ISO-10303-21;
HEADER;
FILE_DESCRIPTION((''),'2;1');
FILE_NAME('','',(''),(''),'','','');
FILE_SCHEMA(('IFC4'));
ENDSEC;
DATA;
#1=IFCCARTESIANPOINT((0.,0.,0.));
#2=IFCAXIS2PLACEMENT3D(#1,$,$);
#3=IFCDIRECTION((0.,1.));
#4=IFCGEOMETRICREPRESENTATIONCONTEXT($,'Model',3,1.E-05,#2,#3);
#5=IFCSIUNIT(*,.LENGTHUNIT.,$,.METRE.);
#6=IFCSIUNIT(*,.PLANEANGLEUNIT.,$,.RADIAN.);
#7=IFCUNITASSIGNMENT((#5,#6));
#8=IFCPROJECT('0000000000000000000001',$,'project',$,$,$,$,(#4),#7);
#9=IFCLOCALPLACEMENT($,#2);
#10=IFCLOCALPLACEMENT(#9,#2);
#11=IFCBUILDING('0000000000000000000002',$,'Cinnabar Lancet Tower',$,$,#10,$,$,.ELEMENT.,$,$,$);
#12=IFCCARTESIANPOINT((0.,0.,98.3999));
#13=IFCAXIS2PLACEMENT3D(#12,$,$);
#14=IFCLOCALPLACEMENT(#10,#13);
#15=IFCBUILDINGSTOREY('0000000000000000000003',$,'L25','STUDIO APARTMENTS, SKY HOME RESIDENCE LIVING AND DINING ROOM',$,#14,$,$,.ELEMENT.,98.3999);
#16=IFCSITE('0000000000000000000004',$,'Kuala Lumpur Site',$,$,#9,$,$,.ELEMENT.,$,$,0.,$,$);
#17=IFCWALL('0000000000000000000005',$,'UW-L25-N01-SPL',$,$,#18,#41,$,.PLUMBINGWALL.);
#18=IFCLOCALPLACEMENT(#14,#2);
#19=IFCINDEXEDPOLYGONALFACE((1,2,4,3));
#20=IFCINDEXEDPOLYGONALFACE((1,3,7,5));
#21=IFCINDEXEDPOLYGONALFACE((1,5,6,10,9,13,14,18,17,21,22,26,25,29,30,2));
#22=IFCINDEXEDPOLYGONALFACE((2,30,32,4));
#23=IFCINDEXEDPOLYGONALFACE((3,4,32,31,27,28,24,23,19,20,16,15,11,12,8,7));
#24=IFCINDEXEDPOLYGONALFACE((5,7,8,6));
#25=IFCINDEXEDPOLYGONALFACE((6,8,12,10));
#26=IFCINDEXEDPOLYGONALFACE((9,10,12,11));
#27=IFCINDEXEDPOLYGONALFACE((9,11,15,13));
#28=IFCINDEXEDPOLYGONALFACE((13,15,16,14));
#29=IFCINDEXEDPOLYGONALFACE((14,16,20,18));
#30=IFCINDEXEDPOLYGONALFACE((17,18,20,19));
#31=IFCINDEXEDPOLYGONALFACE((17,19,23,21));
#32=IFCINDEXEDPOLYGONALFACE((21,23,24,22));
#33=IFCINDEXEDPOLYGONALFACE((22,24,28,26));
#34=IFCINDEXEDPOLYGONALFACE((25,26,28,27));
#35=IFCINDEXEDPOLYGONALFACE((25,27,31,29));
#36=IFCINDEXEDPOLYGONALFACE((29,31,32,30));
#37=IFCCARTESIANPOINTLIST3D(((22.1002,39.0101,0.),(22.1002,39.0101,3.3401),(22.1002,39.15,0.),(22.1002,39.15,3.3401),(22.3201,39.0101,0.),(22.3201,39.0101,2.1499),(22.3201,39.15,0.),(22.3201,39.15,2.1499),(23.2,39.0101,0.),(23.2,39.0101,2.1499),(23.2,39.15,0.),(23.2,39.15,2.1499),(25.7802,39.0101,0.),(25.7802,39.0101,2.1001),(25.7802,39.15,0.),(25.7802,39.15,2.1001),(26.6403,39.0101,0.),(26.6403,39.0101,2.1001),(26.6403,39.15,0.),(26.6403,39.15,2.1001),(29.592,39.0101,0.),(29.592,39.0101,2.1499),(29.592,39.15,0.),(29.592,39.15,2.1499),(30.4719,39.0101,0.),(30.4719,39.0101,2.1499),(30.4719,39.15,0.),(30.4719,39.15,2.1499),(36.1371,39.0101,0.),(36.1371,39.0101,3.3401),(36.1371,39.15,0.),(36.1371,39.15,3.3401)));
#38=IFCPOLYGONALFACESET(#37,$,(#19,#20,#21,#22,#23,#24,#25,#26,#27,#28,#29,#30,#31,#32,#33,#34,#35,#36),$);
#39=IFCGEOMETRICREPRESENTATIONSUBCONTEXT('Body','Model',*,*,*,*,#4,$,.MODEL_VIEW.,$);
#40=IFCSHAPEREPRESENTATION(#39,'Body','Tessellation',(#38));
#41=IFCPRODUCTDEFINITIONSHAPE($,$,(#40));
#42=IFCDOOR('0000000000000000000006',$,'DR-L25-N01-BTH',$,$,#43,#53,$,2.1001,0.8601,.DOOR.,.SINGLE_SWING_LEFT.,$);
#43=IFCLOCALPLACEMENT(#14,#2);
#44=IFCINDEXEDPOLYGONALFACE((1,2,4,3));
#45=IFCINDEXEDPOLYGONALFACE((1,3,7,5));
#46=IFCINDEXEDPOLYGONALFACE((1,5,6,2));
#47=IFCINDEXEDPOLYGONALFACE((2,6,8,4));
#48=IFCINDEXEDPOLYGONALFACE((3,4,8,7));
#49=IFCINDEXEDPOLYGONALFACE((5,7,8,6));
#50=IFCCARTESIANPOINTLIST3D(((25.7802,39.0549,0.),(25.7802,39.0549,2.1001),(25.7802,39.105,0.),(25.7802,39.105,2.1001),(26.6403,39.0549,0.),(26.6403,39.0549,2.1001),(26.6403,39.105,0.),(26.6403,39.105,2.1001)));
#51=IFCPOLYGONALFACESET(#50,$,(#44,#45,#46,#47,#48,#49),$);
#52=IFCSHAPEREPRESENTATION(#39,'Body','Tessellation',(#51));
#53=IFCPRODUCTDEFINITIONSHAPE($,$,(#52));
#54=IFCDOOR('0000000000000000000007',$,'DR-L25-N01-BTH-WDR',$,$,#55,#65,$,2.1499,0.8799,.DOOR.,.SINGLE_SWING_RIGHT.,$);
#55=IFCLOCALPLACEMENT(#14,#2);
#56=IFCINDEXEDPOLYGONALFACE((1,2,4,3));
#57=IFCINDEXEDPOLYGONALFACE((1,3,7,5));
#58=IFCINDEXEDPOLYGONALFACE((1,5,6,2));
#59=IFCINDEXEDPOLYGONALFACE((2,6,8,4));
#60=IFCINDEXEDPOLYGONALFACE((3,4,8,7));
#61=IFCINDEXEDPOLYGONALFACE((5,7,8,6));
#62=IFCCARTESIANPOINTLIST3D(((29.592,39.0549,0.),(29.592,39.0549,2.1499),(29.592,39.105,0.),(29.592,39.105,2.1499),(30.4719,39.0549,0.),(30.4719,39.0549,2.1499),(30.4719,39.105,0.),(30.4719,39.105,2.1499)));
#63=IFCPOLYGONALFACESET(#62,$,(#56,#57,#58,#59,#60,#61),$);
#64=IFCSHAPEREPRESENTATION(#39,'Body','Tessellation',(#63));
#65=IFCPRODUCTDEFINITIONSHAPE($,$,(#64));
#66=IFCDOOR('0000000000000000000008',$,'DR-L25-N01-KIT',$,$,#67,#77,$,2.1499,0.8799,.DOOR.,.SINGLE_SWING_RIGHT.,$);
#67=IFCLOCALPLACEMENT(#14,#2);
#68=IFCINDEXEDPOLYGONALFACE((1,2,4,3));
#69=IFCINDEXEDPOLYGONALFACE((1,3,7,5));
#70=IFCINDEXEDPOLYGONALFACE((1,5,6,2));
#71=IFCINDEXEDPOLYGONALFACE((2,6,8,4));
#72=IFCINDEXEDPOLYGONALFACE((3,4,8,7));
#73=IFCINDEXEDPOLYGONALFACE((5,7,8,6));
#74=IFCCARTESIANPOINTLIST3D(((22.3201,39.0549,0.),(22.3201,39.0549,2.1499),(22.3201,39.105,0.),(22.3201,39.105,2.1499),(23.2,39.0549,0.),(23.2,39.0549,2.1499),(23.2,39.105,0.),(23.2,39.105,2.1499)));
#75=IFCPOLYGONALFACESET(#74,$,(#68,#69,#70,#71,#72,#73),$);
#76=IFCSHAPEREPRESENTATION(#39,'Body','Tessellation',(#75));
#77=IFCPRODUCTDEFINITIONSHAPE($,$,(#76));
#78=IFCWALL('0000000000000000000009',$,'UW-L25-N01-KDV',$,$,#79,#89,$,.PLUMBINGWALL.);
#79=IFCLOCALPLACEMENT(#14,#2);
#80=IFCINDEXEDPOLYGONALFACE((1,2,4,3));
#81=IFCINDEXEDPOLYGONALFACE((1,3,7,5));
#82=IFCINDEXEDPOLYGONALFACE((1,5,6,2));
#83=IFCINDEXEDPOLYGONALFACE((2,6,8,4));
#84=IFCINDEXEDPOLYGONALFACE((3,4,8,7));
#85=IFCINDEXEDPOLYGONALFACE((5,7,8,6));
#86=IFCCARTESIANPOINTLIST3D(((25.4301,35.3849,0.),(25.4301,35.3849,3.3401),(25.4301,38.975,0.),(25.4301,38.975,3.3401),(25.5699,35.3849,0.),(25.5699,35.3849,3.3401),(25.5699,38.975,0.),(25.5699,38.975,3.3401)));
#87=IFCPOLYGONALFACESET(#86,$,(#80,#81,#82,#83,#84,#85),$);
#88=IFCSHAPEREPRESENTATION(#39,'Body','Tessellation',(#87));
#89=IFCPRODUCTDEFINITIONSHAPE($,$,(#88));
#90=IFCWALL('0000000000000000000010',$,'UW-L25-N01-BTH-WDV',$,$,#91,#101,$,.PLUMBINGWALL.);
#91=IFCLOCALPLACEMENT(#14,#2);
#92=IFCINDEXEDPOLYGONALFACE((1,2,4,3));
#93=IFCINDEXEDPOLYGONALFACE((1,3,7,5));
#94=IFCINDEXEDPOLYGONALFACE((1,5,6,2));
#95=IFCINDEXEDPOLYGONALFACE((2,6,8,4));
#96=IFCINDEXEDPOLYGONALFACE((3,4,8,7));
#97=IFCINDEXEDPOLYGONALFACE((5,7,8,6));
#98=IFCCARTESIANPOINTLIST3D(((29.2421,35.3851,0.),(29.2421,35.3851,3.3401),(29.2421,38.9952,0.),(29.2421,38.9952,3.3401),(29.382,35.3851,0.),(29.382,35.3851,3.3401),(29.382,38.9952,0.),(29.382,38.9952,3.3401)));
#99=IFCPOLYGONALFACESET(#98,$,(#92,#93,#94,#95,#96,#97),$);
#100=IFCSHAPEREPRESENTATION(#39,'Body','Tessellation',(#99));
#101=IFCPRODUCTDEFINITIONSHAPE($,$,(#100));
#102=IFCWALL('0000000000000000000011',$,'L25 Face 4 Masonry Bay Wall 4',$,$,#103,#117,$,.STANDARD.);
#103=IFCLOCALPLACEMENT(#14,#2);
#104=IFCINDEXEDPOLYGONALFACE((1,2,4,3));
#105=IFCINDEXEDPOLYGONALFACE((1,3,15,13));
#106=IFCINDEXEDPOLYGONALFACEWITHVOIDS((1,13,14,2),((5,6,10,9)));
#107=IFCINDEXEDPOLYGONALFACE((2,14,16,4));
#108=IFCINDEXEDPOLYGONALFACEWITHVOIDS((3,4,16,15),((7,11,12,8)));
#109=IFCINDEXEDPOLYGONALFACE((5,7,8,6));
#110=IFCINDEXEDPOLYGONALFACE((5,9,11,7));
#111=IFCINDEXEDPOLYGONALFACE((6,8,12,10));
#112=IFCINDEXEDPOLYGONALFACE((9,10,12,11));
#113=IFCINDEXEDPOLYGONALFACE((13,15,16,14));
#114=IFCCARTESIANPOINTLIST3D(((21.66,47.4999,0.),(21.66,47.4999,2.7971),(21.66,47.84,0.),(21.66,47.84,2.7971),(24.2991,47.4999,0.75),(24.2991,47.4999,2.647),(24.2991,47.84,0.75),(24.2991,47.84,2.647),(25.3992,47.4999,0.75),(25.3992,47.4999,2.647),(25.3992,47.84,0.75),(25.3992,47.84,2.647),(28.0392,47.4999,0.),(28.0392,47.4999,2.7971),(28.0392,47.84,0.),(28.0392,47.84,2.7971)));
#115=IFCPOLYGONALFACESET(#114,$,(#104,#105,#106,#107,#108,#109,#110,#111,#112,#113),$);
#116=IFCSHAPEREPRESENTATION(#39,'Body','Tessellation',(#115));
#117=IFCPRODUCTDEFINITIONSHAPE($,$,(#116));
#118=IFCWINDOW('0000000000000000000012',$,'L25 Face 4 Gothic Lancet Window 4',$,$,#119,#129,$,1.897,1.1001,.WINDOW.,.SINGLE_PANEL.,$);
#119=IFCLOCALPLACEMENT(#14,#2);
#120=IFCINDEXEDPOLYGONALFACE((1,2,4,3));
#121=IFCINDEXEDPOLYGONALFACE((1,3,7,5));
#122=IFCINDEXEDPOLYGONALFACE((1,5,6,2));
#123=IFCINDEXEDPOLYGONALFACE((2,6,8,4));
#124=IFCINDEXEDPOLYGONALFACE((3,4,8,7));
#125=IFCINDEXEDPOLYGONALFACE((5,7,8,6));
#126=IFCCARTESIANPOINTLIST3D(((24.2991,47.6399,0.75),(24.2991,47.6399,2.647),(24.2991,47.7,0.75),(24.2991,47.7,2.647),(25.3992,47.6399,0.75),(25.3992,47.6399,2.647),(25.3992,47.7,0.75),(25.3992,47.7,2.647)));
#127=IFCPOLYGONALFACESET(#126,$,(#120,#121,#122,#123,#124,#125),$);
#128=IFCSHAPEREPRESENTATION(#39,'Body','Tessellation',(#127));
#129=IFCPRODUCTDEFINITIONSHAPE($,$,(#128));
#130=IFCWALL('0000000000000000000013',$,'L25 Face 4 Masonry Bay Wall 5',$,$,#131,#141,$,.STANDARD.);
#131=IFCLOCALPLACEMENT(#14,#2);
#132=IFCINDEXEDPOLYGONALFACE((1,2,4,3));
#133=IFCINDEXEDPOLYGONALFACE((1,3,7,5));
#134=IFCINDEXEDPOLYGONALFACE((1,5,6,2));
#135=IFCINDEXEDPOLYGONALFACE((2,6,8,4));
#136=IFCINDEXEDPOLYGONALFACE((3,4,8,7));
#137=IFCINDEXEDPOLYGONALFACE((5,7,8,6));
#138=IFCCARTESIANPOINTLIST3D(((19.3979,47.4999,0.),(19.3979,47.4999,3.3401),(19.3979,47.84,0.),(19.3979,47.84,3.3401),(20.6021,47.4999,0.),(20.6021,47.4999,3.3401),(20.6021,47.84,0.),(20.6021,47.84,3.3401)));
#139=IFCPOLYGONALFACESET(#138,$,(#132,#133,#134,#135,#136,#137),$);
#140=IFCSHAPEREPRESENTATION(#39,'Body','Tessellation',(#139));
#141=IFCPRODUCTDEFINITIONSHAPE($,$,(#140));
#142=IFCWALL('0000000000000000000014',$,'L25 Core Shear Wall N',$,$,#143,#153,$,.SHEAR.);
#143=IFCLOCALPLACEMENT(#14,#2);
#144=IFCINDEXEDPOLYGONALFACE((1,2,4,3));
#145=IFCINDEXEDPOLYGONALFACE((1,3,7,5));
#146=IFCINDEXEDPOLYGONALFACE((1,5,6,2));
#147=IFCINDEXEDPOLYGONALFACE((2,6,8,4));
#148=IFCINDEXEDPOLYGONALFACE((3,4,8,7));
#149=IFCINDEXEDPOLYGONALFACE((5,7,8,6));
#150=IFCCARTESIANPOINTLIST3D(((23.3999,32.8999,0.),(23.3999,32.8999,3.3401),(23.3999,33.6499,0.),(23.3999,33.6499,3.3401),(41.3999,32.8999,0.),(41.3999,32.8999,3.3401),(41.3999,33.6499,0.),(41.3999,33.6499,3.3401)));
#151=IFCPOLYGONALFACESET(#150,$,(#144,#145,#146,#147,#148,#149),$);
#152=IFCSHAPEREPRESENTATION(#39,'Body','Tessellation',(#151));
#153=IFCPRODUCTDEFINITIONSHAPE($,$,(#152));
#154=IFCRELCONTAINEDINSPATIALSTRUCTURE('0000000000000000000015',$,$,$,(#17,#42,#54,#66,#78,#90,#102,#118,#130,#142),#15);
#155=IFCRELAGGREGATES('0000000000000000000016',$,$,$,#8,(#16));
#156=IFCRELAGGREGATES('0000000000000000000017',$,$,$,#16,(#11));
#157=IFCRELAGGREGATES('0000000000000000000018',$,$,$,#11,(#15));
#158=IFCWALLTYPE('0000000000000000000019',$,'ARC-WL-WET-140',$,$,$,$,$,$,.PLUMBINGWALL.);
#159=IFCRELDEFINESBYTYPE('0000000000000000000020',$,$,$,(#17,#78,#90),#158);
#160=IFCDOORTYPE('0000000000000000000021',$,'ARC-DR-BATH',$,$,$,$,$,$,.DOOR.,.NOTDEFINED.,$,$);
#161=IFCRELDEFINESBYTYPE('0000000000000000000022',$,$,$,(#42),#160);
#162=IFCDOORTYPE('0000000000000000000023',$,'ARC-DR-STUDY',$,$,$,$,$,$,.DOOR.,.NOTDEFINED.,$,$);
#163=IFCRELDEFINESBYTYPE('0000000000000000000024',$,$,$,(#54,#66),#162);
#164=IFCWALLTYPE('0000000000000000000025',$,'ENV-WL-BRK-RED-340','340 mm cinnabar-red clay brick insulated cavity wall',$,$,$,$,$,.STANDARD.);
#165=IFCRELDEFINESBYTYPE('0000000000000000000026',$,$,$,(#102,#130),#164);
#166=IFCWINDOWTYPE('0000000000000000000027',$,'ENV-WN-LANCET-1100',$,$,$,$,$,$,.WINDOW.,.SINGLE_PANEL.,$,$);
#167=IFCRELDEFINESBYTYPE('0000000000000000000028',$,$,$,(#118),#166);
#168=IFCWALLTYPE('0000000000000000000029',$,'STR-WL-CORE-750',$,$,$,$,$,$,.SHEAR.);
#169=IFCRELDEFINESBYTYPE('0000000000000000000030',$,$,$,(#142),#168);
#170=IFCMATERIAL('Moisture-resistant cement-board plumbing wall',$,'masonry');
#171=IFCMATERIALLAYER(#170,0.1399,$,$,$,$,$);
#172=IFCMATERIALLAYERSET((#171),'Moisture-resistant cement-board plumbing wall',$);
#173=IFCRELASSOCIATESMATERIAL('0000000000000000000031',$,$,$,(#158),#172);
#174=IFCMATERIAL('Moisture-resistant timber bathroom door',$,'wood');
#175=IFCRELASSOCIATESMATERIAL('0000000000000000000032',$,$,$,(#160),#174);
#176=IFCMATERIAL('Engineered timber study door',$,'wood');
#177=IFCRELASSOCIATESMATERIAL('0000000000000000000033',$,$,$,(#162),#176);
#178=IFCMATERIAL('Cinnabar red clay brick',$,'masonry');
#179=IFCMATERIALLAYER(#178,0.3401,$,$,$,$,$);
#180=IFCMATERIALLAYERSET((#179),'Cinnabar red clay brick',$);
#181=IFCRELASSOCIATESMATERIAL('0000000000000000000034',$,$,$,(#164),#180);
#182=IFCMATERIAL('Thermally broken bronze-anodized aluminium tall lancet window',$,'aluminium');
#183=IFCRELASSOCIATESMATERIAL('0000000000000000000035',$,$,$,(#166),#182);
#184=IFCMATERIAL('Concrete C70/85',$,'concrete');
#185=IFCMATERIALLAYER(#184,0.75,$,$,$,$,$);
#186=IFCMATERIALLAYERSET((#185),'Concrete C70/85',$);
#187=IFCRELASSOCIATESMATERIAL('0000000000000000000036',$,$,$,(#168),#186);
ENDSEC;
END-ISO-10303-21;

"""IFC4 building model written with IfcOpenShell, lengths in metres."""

from ifc_helpers import new_model, si_unit, direction, frame, frame_2d, origin, place, context, subcontext, project, spatial, rectangle, extrude, material, layer, layer_set, type_object, element, fill, save


model = new_model("IFC4")

# Units and contexts
model_context = context("Model", 3, precision=1e-05, world=origin(), true_north=direction((0.0, 1.0)))
body_context = subcontext(model_context, "Body", "Model", "MODEL_VIEW")
ifc_project = project(units=[si_unit("LENGTHUNIT", "METRE"), si_unit("PLANEANGLEUNIT", "RADIAN")], contexts=[model_context])

# Site, building, storey
site_placement = place(None, origin())
site = spatial("IfcSite", under=ifc_project, at=site_placement, Name="Kuala Lumpur Site", CompositionType="ELEMENT", RefElevation=0.0)
building_placement = place(site_placement, origin())
building = spatial("IfcBuilding", under=site, at=building_placement, Name="Cinnabar Lancet Tower", CompositionType="ELEMENT")
storey_placement = place(building_placement, frame((0.0, 0.0, 98.3999)))
storey = spatial("IfcBuildingStorey", under=building, at=storey_placement, Name="L25", Description="STUDIO APARTMENTS, SKY HOME RESIDENCE LIVING AND DINING ROOM", CompositionType="ELEMENT", Elevation=98.3999)

# Wall, openings, doors
ifc_material_1 = material(Name="Moisture-resistant cement-board plumbing wall", Category="masonry")
ifc_layer_1 = layer(ifc_material_1, 0.1399)
ifc_layer_set_1 = layer_set([ifc_layer_1], Name="Moisture-resistant cement-board plumbing wall")
wall_type_1 = type_object("IfcWallType", Name="ARC-WL-WET-140", PredefinedType="PLUMBINGWALL", material=ifc_layer_set_1)
wall_1_placement = place(storey_placement, frame((22.1001, 39.0801, 0.0), z_axis=(0.0, 0.0, 1.0), x_axis=(1.0, 0.0, 0.0)))
wall_1 = element("IfcWall", 1, at=wall_1_placement, inside=storey, type_object=wall_type_1, Name="UW-L25-N01-SPL", PredefinedType="PLUMBINGWALL", context=body_context, shape_type="SweptSolid", body=[
    extrude(rectangle(XDim=14.0369, YDim=0.1399, at=frame_2d((7.0186, 0.0))), origin(), (0.0, 0.0, 1.0), 3.3401),
])
opening_1_placement = place(wall_1_placement, frame((3.6799, 0.0, 0.0)))
opening_1 = element("IfcOpeningElement", 2, at=opening_1_placement, cuts=wall_1, PredefinedType="OPENING", context=body_context, shape_type="SweptSolid", body=[
    extrude(rectangle(XDim=0.8601, YDim=2.1001, at=frame_2d((0.4302, 1.05))), frame((0.0, 0.0798, 0.0), z_axis=(0.0, -1.0, 0.0), x_axis=(1.0, 0.0, 0.0)), (0.0, 0.0, 1.0), 0.1599),
])
opening_2_placement = place(wall_1_placement, frame((7.4919, 0.0, 0.0)))
opening_2 = element("IfcOpeningElement", 3, at=opening_2_placement, cuts=wall_1, PredefinedType="OPENING", context=body_context, shape_type="SweptSolid", body=[
    extrude(rectangle(XDim=0.8799, YDim=2.1499, at=frame_2d((0.4399, 1.075))), frame((0.0, 0.0798, 0.0), z_axis=(0.0, -1.0, 0.0), x_axis=(1.0, 0.0, 0.0)), (0.0, 0.0, 1.0), 0.1599),
])
opening_3_placement = place(wall_1_placement, frame((0.22, 0.0, 0.0)))
opening_3 = element("IfcOpeningElement", 4, at=opening_3_placement, cuts=wall_1, PredefinedType="OPENING", context=body_context, shape_type="SweptSolid", body=[
    extrude(rectangle(XDim=0.8799, YDim=2.1499, at=frame_2d((0.4399, 1.075))), frame((0.0, 0.0798, 0.0), z_axis=(0.0, -1.0, 0.0), x_axis=(1.0, 0.0, 0.0)), (0.0, 0.0, 1.0), 0.1599),
])
ifc_material_2 = material(Name="Moisture-resistant timber bathroom door", Category="wood")
door_type_1 = type_object("IfcDoorType", Name="ARC-DR-BATH", OperationType="NOTDEFINED", PredefinedType="DOOR", material=ifc_material_2)
door_1_placement = place(opening_1_placement, origin())
door_1 = element("IfcDoor", 5, at=door_1_placement, inside=storey, type_object=door_type_1, Name="DR-L25-N01-BTH", OperationType="SINGLE_SWING_LEFT", OverallHeight=2.1001, OverallWidth=0.8601, PredefinedType="DOOR", context=body_context, shape_type="SweptSolid", body=[
    extrude(rectangle(XDim=0.8601, YDim=2.1001, at=frame_2d((0.4302, 1.05))), frame((0.0, 0.0249, 0.0), z_axis=(0.0, -1.0, 0.0), x_axis=(1.0, 0.0, 0.0)), (0.0, 0.0, 1.0), 0.05),
])
fill(opening_1, door_1)
ifc_material_3 = material(Name="Engineered timber study door", Category="wood")
door_type_2 = type_object("IfcDoorType", Name="ARC-DR-STUDY", OperationType="NOTDEFINED", PredefinedType="DOOR", material=ifc_material_3)
door_2_placement = place(opening_2_placement, origin())
door_2 = element("IfcDoor", 6, at=door_2_placement, inside=storey, type_object=door_type_2, Name="DR-L25-N01-BTH-WDR", OperationType="SINGLE_SWING_RIGHT", OverallHeight=2.1499, OverallWidth=0.8799, PredefinedType="DOOR", context=body_context, shape_type="SweptSolid", body=[
    extrude(rectangle(XDim=0.8799, YDim=2.1499, at=frame_2d((0.4399, 1.075))), frame((0.0, 0.0249, 0.0), z_axis=(0.0, -1.0, 0.0), x_axis=(1.0, 0.0, 0.0)), (0.0, 0.0, 1.0), 0.05),
])
fill(opening_2, door_2)
door_3_placement = place(opening_3_placement, origin())
door_3 = element("IfcDoor", 7, at=door_3_placement, inside=storey, type_object=door_type_2, Name="DR-L25-N01-KIT", OperationType="SINGLE_SWING_RIGHT", OverallHeight=2.1499, OverallWidth=0.8799, PredefinedType="DOOR", context=body_context, shape_type="SweptSolid", body=[
    extrude(rectangle(XDim=0.8799, YDim=2.1499, at=frame_2d((0.4399, 1.075))), frame((0.0, 0.0249, 0.0), z_axis=(0.0, -1.0, 0.0), x_axis=(1.0, 0.0, 0.0)), (0.0, 0.0, 1.0), 0.05),
])
fill(opening_3, door_3)

# Walls
wall_2_placement = place(storey_placement, frame((25.5, 35.385, 0.0), z_axis=(0.0, 0.0, 1.0), x_axis=(0.0, 1.0, 0.0)))
element("IfcWall", 8, at=wall_2_placement, inside=storey, type_object=wall_type_1, Name="UW-L25-N01-KDV", PredefinedType="PLUMBINGWALL", context=body_context, shape_type="SweptSolid", body=[
    extrude(rectangle(XDim=3.5901, YDim=0.1399, at=frame_2d((1.7949, 0.0))), origin(), (0.0, 0.0, 1.0), 3.3401),
])
wall_3_placement = place(storey_placement, frame((29.312, 35.385, 0.0), z_axis=(0.0, 0.0, 1.0), x_axis=(0.0, 1.0, 0.0)))
element("IfcWall", 9, at=wall_3_placement, inside=storey, type_object=wall_type_1, Name="UW-L25-N01-BTH-WDV", PredefinedType="PLUMBINGWALL", context=body_context, shape_type="SweptSolid", body=[
    extrude(rectangle(XDim=3.6101, YDim=0.1399, at=frame_2d((1.8052, 0.0))), origin(), (0.0, 0.0, 1.0), 3.3401),
])

# Wall, opening, window
ifc_material_4 = material(Name="Cinnabar red clay brick", Category="masonry")
ifc_layer_2 = layer(ifc_material_4, 0.3401)
ifc_layer_set_2 = layer_set([ifc_layer_2], Name="Cinnabar red clay brick")
wall_type_2 = type_object("IfcWallType", Name="ENV-WL-BRK-RED-340", Description="340 mm cinnabar-red clay brick insulated cavity wall", PredefinedType="STANDARD", material=ifc_layer_set_2)
wall_4_placement = place(storey_placement, frame((28.0391, 47.6699, 0.0), z_axis=(0.0, 0.0, 1.0), x_axis=(-1.0, 0.0, 0.0)))
wall_4 = element("IfcWall", 10, at=wall_4_placement, inside=storey, type_object=wall_type_2, Name="L25 Face 4 Masonry Bay Wall 4", PredefinedType="STANDARD", context=body_context, shape_type="SweptSolid", body=[
    extrude(rectangle(XDim=6.3792, YDim=0.3401, at=frame_2d((3.1895, 0.0))), origin(), (0.0, 0.0, 1.0), 2.7971),
])
opening_4_placement = place(wall_4_placement, frame((2.6399, 0.0, 0.75)))
opening_4 = element("IfcOpeningElement", 11, at=opening_4_placement, cuts=wall_4, PredefinedType="OPENING", context=body_context, shape_type="SweptSolid", body=[
    extrude(rectangle(XDim=1.1001, YDim=1.897, at=frame_2d((0.55, 0.9485))), frame((0.0, 0.1799, 0.0), z_axis=(0.0, -1.0, 0.0), x_axis=(1.0, 0.0, 0.0)), (0.0, 0.0, 1.0), 0.3601),
])
ifc_material_5 = material(Name="Thermally broken bronze-anodized aluminium tall lancet window", Category="aluminium")
window_type = type_object("IfcWindowType", Name="ENV-WN-LANCET-1100", PartitioningType="SINGLE_PANEL", PredefinedType="WINDOW", material=ifc_material_5)
window_placement = place(opening_4_placement, origin())
window = element("IfcWindow", 12, at=window_placement, inside=storey, type_object=window_type, Name="L25 Face 4 Gothic Lancet Window 4", OverallHeight=1.897, OverallWidth=1.1001, PartitioningType="SINGLE_PANEL", PredefinedType="WINDOW", context=body_context, shape_type="SweptSolid", body=[
    extrude(rectangle(XDim=1.1001, YDim=1.897, at=frame_2d((0.55, 0.9485))), frame((0.0, 0.03, 0.0), z_axis=(0.0, -1.0, 0.0), x_axis=(1.0, 0.0, 0.0)), (0.0, 0.0, 1.0), 0.0601),
])
fill(opening_4, window)

# Walls
wall_5_placement = place(storey_placement, frame((20.6021, 47.6699, 0.0), z_axis=(0.0, 0.0, 1.0), x_axis=(-1.0, 0.0, 0.0)))
element("IfcWall", 13, at=wall_5_placement, inside=storey, type_object=wall_type_2, Name="L25 Face 4 Masonry Bay Wall 5", PredefinedType="STANDARD", context=body_context, shape_type="SweptSolid", body=[
    extrude(rectangle(XDim=1.2041, YDim=0.3401, at=frame_2d((0.6021, 0.0))), origin(), (0.0, 0.0, 1.0), 3.3401),
])
ifc_material_6 = material(Name="Concrete C70/85", Category="concrete")
ifc_layer_3 = layer(ifc_material_6, 0.75)
ifc_layer_set_3 = layer_set([ifc_layer_3], Name="Concrete C70/85")
wall_type_3 = type_object("IfcWallType", Name="STR-WL-CORE-750", PredefinedType="SHEAR", material=ifc_layer_set_3)
wall_6_placement = place(storey_placement, frame((23.3999, 33.2749, 0.0), z_axis=(0.0, 0.0, 1.0), x_axis=(1.0, 0.0, 0.0)))
element("IfcWall", 14, at=wall_6_placement, inside=storey, type_object=wall_type_3, Name="L25 Core Shear Wall N", PredefinedType="SHEAR", context=body_context, shape_type="SweptSolid", body=[
    extrude(rectangle(XDim=18.0, YDim=0.75, at=frame_2d((9.0, 0.0))), origin(), (0.0, 0.0, 1.0), 3.3401),
])

save(model, "model.ifc")
